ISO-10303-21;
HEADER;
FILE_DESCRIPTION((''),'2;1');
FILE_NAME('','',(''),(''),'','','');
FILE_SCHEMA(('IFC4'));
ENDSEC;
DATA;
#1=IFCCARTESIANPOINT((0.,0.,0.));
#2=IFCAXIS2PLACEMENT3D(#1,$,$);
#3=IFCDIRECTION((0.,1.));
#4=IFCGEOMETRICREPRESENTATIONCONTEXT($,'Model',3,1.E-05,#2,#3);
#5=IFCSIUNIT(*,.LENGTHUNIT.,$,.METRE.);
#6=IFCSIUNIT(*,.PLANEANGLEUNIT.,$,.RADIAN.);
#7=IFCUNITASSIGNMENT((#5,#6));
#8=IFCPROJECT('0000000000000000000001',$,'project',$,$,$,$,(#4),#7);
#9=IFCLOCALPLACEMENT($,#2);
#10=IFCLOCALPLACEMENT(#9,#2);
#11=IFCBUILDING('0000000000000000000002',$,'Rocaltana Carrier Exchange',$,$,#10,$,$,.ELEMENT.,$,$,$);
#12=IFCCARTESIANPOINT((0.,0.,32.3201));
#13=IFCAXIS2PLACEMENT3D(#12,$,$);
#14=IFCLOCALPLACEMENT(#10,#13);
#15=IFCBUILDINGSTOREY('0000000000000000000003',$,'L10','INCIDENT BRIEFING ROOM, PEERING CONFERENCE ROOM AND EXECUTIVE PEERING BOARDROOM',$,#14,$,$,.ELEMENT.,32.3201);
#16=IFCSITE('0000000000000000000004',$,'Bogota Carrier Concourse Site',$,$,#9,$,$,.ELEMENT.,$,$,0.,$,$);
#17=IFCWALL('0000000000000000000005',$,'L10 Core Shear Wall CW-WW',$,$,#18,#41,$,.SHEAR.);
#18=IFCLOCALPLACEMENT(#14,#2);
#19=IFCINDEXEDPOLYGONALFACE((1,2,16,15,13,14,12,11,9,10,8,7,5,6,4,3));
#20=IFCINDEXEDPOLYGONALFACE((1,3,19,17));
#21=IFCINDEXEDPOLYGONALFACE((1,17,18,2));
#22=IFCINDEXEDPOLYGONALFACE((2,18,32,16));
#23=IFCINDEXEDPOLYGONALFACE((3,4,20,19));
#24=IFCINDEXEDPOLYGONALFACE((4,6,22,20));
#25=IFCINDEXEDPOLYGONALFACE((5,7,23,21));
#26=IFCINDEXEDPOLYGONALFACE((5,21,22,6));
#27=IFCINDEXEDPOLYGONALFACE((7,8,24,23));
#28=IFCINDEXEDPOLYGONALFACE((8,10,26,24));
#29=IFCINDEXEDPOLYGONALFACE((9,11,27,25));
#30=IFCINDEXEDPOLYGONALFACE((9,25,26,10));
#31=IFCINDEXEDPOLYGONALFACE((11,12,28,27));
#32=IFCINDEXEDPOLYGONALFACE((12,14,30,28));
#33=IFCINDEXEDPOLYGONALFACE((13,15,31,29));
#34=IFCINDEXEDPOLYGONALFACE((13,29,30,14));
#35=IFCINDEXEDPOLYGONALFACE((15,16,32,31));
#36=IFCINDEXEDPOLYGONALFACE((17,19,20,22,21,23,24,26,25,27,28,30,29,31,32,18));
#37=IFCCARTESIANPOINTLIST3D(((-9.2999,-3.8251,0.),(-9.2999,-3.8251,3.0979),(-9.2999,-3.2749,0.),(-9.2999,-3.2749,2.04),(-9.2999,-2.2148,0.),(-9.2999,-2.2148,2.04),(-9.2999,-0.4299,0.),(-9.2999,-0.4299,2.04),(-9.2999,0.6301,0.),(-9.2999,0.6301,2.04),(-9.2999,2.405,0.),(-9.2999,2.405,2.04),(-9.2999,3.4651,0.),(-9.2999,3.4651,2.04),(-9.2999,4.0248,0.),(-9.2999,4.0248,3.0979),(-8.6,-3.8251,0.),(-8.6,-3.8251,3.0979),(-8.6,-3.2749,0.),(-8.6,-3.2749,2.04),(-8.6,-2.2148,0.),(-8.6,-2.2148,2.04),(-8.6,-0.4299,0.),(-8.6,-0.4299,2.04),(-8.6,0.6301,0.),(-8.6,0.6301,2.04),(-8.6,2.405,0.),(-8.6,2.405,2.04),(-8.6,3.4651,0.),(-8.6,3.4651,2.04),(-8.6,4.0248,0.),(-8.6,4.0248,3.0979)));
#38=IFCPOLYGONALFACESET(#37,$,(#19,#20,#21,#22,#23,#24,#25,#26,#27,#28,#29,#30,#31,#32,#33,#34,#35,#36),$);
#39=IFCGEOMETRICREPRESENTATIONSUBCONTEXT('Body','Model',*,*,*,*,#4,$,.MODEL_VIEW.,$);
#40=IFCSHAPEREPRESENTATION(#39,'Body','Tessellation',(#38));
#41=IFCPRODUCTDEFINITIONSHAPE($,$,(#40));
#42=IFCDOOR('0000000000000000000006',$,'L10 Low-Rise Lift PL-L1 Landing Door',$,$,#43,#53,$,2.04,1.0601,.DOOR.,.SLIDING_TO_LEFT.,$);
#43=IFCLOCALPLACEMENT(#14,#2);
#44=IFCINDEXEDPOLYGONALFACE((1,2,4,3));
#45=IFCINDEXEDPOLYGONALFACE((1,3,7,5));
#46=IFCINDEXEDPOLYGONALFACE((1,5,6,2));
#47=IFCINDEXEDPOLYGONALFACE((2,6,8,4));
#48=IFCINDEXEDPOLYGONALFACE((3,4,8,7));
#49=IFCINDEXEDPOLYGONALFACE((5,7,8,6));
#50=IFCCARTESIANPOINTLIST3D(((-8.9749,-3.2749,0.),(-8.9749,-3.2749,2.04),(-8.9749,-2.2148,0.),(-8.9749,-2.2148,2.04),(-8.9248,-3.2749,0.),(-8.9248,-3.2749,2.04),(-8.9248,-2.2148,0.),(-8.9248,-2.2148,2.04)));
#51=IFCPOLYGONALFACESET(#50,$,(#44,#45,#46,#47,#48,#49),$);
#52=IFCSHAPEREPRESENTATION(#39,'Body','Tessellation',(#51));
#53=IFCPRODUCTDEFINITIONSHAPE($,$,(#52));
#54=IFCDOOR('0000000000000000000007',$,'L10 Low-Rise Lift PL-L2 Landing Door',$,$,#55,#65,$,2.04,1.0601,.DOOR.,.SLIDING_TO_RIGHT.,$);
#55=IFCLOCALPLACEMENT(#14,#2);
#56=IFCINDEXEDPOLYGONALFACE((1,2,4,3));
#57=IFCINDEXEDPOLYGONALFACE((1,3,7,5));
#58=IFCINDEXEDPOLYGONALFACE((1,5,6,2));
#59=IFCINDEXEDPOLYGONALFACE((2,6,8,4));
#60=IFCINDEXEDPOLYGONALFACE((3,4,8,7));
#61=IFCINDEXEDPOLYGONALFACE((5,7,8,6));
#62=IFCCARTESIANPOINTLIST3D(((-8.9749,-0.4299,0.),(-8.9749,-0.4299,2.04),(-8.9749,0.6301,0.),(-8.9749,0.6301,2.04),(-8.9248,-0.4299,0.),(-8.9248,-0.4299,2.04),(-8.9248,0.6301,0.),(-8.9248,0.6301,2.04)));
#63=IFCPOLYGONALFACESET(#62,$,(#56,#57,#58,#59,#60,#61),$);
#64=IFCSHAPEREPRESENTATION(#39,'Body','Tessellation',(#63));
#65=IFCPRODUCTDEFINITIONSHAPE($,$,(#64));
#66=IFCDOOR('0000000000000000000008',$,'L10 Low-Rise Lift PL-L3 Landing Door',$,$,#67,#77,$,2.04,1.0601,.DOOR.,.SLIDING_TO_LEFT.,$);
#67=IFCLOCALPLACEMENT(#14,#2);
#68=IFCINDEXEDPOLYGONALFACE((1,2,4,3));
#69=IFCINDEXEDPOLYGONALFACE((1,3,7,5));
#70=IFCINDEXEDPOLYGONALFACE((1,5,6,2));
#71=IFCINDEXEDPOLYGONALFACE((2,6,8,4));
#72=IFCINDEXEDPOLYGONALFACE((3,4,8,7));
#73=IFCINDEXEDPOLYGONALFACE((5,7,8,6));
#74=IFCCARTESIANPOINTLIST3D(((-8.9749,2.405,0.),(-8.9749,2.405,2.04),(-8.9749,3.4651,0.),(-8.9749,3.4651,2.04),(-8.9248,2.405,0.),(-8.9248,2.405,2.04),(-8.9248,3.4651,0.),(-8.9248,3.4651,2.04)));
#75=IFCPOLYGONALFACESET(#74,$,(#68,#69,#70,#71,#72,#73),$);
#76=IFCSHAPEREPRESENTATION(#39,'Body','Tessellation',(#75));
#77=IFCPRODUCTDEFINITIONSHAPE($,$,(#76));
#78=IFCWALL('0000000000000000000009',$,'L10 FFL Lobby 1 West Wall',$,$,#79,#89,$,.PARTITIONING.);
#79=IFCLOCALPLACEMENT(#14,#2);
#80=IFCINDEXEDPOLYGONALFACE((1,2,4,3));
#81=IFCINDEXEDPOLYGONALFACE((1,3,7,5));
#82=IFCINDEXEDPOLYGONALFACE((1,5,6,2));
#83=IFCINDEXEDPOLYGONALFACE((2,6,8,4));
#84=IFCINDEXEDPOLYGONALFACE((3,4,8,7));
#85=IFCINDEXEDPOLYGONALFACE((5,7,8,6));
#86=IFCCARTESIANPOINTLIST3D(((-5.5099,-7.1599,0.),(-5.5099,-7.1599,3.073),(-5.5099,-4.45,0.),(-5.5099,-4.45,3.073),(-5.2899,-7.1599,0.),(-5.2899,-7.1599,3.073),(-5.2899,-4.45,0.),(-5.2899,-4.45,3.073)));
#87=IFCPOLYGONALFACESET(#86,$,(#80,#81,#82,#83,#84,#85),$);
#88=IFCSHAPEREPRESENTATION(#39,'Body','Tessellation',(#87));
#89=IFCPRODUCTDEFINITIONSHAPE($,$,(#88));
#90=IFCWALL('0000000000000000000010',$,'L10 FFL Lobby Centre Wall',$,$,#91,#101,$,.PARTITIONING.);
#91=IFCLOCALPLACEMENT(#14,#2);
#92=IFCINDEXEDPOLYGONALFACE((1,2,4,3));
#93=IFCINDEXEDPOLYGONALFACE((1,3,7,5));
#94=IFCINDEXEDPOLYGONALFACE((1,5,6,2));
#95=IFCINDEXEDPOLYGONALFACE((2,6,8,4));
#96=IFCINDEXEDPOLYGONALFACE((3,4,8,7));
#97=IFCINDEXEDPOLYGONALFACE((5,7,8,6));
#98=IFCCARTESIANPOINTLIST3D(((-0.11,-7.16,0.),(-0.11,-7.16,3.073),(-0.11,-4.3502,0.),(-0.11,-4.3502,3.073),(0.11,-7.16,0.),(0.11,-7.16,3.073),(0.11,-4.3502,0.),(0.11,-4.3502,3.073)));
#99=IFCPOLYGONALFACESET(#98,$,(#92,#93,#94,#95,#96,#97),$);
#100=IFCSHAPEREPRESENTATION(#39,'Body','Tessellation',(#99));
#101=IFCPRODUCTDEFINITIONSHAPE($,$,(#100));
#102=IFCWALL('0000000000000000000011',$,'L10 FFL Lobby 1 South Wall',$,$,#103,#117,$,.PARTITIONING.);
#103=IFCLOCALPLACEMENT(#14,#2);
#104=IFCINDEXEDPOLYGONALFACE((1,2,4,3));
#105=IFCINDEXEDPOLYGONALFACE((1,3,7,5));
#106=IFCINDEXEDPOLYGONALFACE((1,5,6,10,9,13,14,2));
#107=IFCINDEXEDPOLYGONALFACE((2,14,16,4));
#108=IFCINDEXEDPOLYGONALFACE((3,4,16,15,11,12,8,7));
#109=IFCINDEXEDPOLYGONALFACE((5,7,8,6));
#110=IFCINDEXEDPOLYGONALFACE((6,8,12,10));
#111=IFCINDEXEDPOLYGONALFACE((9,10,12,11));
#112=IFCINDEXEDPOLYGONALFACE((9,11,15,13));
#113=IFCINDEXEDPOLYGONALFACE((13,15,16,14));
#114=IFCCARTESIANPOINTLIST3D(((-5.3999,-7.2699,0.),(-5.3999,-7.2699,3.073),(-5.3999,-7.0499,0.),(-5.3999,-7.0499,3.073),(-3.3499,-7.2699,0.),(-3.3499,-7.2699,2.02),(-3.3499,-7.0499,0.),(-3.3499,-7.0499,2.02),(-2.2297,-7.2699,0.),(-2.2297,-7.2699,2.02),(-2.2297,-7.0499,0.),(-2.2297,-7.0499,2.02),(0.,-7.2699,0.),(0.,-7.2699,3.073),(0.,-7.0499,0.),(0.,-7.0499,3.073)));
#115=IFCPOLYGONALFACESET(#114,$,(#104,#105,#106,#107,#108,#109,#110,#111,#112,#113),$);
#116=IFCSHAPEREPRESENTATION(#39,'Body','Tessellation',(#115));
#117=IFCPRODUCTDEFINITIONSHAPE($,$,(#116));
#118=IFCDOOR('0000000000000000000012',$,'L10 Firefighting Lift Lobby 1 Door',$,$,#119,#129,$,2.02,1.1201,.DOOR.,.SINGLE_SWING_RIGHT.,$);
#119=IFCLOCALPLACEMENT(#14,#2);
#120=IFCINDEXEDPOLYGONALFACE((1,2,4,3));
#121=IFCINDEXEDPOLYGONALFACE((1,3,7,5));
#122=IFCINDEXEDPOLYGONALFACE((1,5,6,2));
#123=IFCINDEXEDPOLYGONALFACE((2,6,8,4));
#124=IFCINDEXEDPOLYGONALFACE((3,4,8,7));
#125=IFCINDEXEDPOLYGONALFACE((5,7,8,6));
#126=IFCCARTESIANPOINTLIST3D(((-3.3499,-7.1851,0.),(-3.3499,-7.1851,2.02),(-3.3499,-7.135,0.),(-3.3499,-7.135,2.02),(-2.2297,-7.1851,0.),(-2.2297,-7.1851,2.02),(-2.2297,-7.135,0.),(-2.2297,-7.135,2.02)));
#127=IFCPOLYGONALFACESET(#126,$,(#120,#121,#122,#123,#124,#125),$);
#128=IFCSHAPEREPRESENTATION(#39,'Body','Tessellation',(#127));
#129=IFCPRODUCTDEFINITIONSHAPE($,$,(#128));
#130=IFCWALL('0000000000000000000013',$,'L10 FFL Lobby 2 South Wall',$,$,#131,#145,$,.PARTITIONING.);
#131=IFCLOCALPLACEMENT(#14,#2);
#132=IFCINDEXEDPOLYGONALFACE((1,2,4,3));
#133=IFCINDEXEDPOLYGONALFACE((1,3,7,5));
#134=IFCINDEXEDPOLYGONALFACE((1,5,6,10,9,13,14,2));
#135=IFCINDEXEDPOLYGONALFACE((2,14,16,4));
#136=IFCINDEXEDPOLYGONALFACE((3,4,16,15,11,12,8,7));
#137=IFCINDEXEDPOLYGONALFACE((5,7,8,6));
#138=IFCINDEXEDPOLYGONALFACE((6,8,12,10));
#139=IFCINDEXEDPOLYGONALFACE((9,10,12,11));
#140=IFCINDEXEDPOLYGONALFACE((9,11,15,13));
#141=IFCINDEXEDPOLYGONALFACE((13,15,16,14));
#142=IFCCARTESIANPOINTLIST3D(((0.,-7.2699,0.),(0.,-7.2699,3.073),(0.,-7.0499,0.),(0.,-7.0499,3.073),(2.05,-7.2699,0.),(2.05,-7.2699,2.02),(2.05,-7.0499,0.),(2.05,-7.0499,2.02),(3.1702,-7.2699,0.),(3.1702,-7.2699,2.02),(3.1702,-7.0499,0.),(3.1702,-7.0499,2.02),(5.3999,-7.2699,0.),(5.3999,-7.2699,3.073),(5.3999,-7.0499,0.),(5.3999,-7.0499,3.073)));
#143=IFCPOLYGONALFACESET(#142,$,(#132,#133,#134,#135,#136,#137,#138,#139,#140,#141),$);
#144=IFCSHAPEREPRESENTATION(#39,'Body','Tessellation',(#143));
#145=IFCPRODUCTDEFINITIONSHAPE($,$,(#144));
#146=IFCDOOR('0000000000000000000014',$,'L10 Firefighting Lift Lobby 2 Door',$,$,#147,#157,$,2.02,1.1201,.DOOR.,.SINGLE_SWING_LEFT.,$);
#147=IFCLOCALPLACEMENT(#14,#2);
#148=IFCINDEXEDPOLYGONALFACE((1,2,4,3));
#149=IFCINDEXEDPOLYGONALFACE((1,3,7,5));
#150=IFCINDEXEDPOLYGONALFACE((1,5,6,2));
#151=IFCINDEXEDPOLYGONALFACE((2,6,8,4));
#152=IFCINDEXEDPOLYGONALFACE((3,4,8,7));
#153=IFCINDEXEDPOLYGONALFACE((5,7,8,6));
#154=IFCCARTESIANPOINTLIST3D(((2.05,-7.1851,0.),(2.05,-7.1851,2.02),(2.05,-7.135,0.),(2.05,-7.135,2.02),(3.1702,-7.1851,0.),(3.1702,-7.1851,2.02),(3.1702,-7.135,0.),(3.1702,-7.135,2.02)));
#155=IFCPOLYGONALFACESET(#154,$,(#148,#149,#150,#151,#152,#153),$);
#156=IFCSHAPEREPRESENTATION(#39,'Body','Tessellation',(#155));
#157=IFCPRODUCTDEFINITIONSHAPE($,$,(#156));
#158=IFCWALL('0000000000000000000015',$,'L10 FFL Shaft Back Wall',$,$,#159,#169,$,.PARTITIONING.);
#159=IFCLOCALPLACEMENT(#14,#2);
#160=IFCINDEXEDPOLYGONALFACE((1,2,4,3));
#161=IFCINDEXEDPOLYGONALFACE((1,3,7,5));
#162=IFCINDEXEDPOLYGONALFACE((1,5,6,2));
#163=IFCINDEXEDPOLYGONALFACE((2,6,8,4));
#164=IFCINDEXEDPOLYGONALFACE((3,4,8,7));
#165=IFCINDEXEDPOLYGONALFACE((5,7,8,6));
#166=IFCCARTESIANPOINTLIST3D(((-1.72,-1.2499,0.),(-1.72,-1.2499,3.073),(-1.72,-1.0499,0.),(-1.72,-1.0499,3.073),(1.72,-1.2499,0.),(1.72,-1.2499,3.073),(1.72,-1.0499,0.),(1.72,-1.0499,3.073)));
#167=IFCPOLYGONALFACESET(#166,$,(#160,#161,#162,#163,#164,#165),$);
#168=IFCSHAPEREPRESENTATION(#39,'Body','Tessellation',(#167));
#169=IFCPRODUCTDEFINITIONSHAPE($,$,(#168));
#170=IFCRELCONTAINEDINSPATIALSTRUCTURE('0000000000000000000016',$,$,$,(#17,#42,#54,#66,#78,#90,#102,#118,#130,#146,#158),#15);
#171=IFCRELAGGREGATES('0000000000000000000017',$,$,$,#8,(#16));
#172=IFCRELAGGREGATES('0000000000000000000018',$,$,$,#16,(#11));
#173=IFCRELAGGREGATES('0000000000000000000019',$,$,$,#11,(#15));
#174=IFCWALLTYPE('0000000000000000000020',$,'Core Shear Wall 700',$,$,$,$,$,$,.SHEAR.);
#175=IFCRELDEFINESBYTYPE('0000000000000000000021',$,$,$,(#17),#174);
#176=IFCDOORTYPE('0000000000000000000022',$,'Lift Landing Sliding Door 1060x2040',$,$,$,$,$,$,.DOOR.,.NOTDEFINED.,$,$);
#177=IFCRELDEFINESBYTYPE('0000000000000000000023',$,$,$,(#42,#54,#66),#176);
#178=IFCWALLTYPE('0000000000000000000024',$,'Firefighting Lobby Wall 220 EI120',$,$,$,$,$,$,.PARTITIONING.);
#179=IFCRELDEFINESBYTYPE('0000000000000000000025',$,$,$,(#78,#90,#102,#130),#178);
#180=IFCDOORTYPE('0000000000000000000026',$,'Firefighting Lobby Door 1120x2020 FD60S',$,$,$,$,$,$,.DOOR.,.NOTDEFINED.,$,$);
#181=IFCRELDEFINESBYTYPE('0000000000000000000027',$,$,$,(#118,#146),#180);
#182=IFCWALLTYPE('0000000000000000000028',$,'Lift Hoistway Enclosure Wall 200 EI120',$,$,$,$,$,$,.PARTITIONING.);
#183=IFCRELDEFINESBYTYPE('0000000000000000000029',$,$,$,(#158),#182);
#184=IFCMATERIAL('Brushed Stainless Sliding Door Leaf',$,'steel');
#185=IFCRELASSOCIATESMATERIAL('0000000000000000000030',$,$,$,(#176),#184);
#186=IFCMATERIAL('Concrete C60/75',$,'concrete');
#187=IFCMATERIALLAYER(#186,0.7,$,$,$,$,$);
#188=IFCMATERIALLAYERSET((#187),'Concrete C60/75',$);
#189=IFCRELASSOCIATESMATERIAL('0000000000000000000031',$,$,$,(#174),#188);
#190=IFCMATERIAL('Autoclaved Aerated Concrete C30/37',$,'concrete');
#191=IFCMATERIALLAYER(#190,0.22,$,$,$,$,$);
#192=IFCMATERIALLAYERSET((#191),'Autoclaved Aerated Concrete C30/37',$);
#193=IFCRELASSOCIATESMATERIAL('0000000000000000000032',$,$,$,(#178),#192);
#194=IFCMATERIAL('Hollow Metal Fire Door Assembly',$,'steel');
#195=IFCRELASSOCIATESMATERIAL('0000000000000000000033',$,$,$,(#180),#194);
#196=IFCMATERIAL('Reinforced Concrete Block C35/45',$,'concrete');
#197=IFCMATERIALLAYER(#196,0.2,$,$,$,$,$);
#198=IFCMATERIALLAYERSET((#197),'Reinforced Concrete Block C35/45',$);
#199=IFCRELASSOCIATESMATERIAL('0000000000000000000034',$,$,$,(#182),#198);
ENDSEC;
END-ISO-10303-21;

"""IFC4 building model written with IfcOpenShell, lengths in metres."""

from ifc_helpers import new_model, si_unit, direction, frame, frame_2d, origin, place, context, subcontext, project, spatial, rectangle, extrude, material, layer, layer_set, type_object, element, fill, save


model = new_model("IFC4")

# Units and contexts
model_context = context("Model", 3, precision=1e-05, world=origin(), true_north=direction((0.0, 1.0)))
body_context = subcontext(model_context, "Body", "Model", "MODEL_VIEW")
ifc_project = project(units=[si_unit("LENGTHUNIT", "METRE"), si_unit("PLANEANGLEUNIT", "RADIAN")], contexts=[model_context])

# Site, building, storey
site_placement = place(None, origin())
site = spatial("IfcSite", under=ifc_project, at=site_placement, Name="Bogota Carrier Concourse Site", CompositionType="ELEMENT", RefElevation=0.0)
building_placement = place(site_placement, origin())
building = spatial("IfcBuilding", under=site, at=building_placement, Name="Rocaltana Carrier Exchange", CompositionType="ELEMENT")
storey_placement = place(building_placement, frame((0.0, 0.0, 32.3201)))
storey = spatial("IfcBuildingStorey", under=building, at=storey_placement, Name="L10", Description="INCIDENT BRIEFING ROOM, PEERING CONFERENCE ROOM AND EXECUTIVE PEERING BOARDROOM", CompositionType="ELEMENT", Elevation=32.3201)

# Shared definitions
ifc_material_1 = material(Name="Brushed Stainless Sliding Door Leaf", Category="steel")
door_type_1 = type_object("IfcDoorType", Name="Lift Landing Sliding Door 1060x2040", OperationType="NOTDEFINED", PredefinedType="DOOR", material=ifc_material_1)

# Shared definitions
ifc_material_2 = material(Name="Concrete C60/75", Category="concrete")
ifc_layer_1 = layer(ifc_material_2, 0.7)
ifc_layer_set_1 = layer_set([ifc_layer_1], Name="Concrete C60/75")
wall_type_1 = type_object("IfcWallType", Name="Core Shear Wall 700", PredefinedType="SHEAR", material=ifc_layer_set_1)

# Wall, openings, doors
wall_1_placement = place(storey_placement, frame((-8.95, -3.825, 0.0), z_axis=(0.0, 0.0, 1.0), x_axis=(0.0, 1.0, 0.0)))
wall_1 = element("IfcWall", 1, at=wall_1_placement, inside=storey, type_object=wall_type_1, Name="L10 Core Shear Wall CW-WW", PredefinedType="SHEAR", context=body_context, shape_type="SweptSolid", body=[
    extrude(rectangle(XDim=7.8499, YDim=0.7, at=frame_2d((3.9248, 0.0))), origin(), (0.0, 0.0, 1.0), 3.0979),
])
opening_1_placement = place(wall_1_placement, frame((0.55, 0.0, 0.0)))
opening_1 = element("IfcOpeningElement", 2, at=opening_1_placement, cuts=wall_1, PredefinedType="OPENING", context=body_context, shape_type="SweptSolid", body=[
    extrude(rectangle(XDim=1.0601, YDim=2.04, at=frame_2d((0.53, 1.02))), frame((0.0, 0.3599, 0.0), z_axis=(0.0, -1.0, 0.0), x_axis=(1.0, 0.0, 0.0)), (0.0, 0.0, 1.0), 0.72),
])
opening_2_placement = place(wall_1_placement, frame((3.395, 0.0, 0.0)))
opening_2 = element("IfcOpeningElement", 3, at=opening_2_placement, cuts=wall_1, PredefinedType="OPENING", context=body_context, shape_type="SweptSolid", body=[
    extrude(rectangle(XDim=1.0601, YDim=2.04, at=frame_2d((0.53, 1.02))), frame((0.0, 0.3599, 0.0), z_axis=(0.0, -1.0, 0.0), x_axis=(1.0, 0.0, 0.0)), (0.0, 0.0, 1.0), 0.72),
])
opening_3_placement = place(wall_1_placement, frame((6.23, 0.0, 0.0)))
opening_3 = element("IfcOpeningElement", 4, at=opening_3_placement, cuts=wall_1, PredefinedType="OPENING", context=body_context, shape_type="SweptSolid", body=[
    extrude(rectangle(XDim=1.0601, YDim=2.04, at=frame_2d((0.53, 1.02))), frame((0.0, 0.3599, 0.0), z_axis=(0.0, -1.0, 0.0), x_axis=(1.0, 0.0, 0.0)), (0.0, 0.0, 1.0), 0.72),
])
door_1_placement = place(opening_1_placement, origin())
door_1 = element("IfcDoor", 5, at=door_1_placement, inside=storey, type_object=door_type_1, Name="L10 Low-Rise Lift PL-L1 Landing Door", OperationType="SLIDING_TO_LEFT", OverallHeight=2.04, OverallWidth=1.0601, PredefinedType="DOOR", context=body_context, shape_type="SweptSolid", body=[
    extrude(rectangle(XDim=1.0601, YDim=2.04, at=frame_2d((0.53, 1.02))), frame((0.0, 0.0249, 0.0), z_axis=(0.0, -1.0, 0.0), x_axis=(1.0, 0.0, 0.0)), (0.0, 0.0, 1.0), 0.05),
])
fill(opening_1, door_1)
door_2_placement = place(opening_2_placement, origin())
door_2 = element("IfcDoor", 6, at=door_2_placement, inside=storey, type_object=door_type_1, Name="L10 Low-Rise Lift PL-L2 Landing Door", OperationType="SLIDING_TO_RIGHT", OverallHeight=2.04, OverallWidth=1.0601, PredefinedType="DOOR", context=body_context, shape_type="SweptSolid", body=[
    extrude(rectangle(XDim=1.0601, YDim=2.04, at=frame_2d((0.53, 1.02))), frame((0.0, 0.0249, 0.0), z_axis=(0.0, -1.0, 0.0), x_axis=(1.0, 0.0, 0.0)), (0.0, 0.0, 1.0), 0.05),
])
fill(opening_2, door_2)
door_3_placement = place(opening_3_placement, origin())
door_3 = element("IfcDoor", 7, at=door_3_placement, inside=storey, type_object=door_type_1, Name="L10 Low-Rise Lift PL-L3 Landing Door", OperationType="SLIDING_TO_LEFT", OverallHeight=2.04, OverallWidth=1.0601, PredefinedType="DOOR", context=body_context, shape_type="SweptSolid", body=[
    extrude(rectangle(XDim=1.0601, YDim=2.04, at=frame_2d((0.53, 1.02))), frame((0.0, 0.0249, 0.0), z_axis=(0.0, -1.0, 0.0), x_axis=(1.0, 0.0, 0.0)), (0.0, 0.0, 1.0), 0.05),
])
fill(opening_3, door_3)

# Walls
ifc_material_3 = material(Name="Autoclaved Aerated Concrete C30/37", Category="concrete")
ifc_layer_2 = layer(ifc_material_3, 0.22)
ifc_layer_set_2 = layer_set([ifc_layer_2], Name="Autoclaved Aerated Concrete C30/37")
wall_type_2 = type_object("IfcWallType", Name="Firefighting Lobby Wall 220 EI120", PredefinedType="PARTITIONING", material=ifc_layer_set_2)
wall_2_placement = place(storey_placement, frame((-5.3999, -7.1599, 0.0), z_axis=(0.0, 0.0, 1.0), x_axis=(0.0, 1.0, 0.0)))
element("IfcWall", 8, at=wall_2_placement, inside=storey, type_object=wall_type_2, Name="L10 FFL Lobby 1 West Wall", PredefinedType="PARTITIONING", context=body_context, shape_type="SweptSolid", body=[
    extrude(rectangle(XDim=2.71, YDim=0.22, at=frame_2d((1.355, 0.0))), origin(), (0.0, 0.0, 1.0), 3.073),
])
wall_3_placement = place(storey_placement, frame((0.0, -7.1599, 0.0), z_axis=(0.0, 0.0, 1.0), x_axis=(0.0, 1.0, 0.0)))
element("IfcWall", 9, at=wall_3_placement, inside=storey, type_object=wall_type_2, Name="L10 FFL Lobby Centre Wall", PredefinedType="PARTITIONING", context=body_context, shape_type="SweptSolid", body=[
    extrude(rectangle(XDim=2.8098, YDim=0.22, at=frame_2d((1.4048, 0.0))), origin(), (0.0, 0.0, 1.0), 3.073),
])

# Walls, openings, doors
wall_4_placement = place(storey_placement, frame((-5.3999, -7.1599, 0.0), z_axis=(0.0, 0.0, 1.0), x_axis=(1.0, 0.0, 0.0)))
wall_4 = element("IfcWall", 10, at=wall_4_placement, inside=storey, type_object=wall_type_2, Name="L10 FFL Lobby 1 South Wall", PredefinedType="PARTITIONING", context=body_context, shape_type="SweptSolid", body=[
    extrude(rectangle(XDim=5.3999, YDim=0.22, at=frame_2d((2.7, 0.0))), origin(), (0.0, 0.0, 1.0), 3.073),
])
opening_4_placement = place(wall_4_placement, frame((2.05, 0.0, 0.0)))
opening_4 = element("IfcOpeningElement", 11, at=opening_4_placement, cuts=wall_4, PredefinedType="OPENING", context=body_context, shape_type="SweptSolid", body=[
    extrude(rectangle(XDim=1.1201, YDim=2.02, at=frame_2d((0.5601, 1.01))), frame((0.0, 0.1199, 0.0), z_axis=(0.0, -1.0, 0.0), x_axis=(1.0, 0.0, 0.0)), (0.0, 0.0, 1.0), 0.24),
])
ifc_material_4 = material(Name="Hollow Metal Fire Door Assembly", Category="steel")
door_type_2 = type_object("IfcDoorType", Name="Firefighting Lobby Door 1120x2020 FD60S", OperationType="NOTDEFINED", PredefinedType="DOOR", material=ifc_material_4)
door_4_placement = place(opening_4_placement, origin())
door_4 = element("IfcDoor", 12, at=door_4_placement, inside=storey, type_object=door_type_2, Name="L10 Firefighting Lift Lobby 1 Door", OperationType="SINGLE_SWING_RIGHT", OverallHeight=2.02, OverallWidth=1.1201, PredefinedType="DOOR", context=body_context, shape_type="SweptSolid", body=[
    extrude(rectangle(XDim=1.1201, YDim=2.02, at=frame_2d((0.5601, 1.01))), frame((0.0, 0.0249, 0.0), z_axis=(0.0, -1.0, 0.0), x_axis=(1.0, 0.0, 0.0)), (0.0, 0.0, 1.0), 0.05),
])
fill(opening_4, door_4)
wall_5_placement = place(storey_placement, frame((0.0, -7.1599, 0.0), z_axis=(0.0, 0.0, 1.0), x_axis=(1.0, 0.0, 0.0)))
wall_5 = element("IfcWall", 13, at=wall_5_placement, inside=storey, type_object=wall_type_2, Name="L10 FFL Lobby 2 South Wall", PredefinedType="PARTITIONING", context=body_context, shape_type="SweptSolid", body=[
    extrude(rectangle(XDim=5.3999, YDim=0.22, at=frame_2d((2.7, 0.0))), origin(), (0.0, 0.0, 1.0), 3.073),
])
opening_5_placement = place(wall_5_placement, frame((2.05, 0.0, 0.0)))
opening_5 = element("IfcOpeningElement", 14, at=opening_5_placement, cuts=wall_5, PredefinedType="OPENING", context=body_context, shape_type="SweptSolid", body=[
    extrude(rectangle(XDim=1.1201, YDim=2.02, at=frame_2d((0.5601, 1.01))), frame((0.0, 0.1199, 0.0), z_axis=(0.0, -1.0, 0.0), x_axis=(1.0, 0.0, 0.0)), (0.0, 0.0, 1.0), 0.24),
])
door_5_placement = place(opening_5_placement, origin())
door_5 = element("IfcDoor", 15, at=door_5_placement, inside=storey, type_object=door_type_2, Name="L10 Firefighting Lift Lobby 2 Door", OperationType="SINGLE_SWING_LEFT", OverallHeight=2.02, OverallWidth=1.1201, PredefinedType="DOOR", context=body_context, shape_type="SweptSolid", body=[
    extrude(rectangle(XDim=1.1201, YDim=2.02, at=frame_2d((0.5601, 1.01))), frame((0.0, 0.0249, 0.0), z_axis=(0.0, -1.0, 0.0), x_axis=(1.0, 0.0, 0.0)), (0.0, 0.0, 1.0), 0.05),
])
fill(opening_5, door_5)

# Wall
ifc_material_5 = material(Name="Reinforced Concrete Block C35/45", Category="concrete")
ifc_layer_3 = layer(ifc_material_5, 0.2)
ifc_layer_set_3 = layer_set([ifc_layer_3], Name="Reinforced Concrete Block C35/45")
wall_type_3 = type_object("IfcWallType", Name="Lift Hoistway Enclosure Wall 200 EI120", PredefinedType="PARTITIONING", material=ifc_layer_set_3)
wall_6_placement = place(storey_placement, frame((-1.72, -1.1499, 0.0), z_axis=(0.0, 0.0, 1.0), x_axis=(1.0, 0.0, 0.0)))
element("IfcWall", 16, at=wall_6_placement, inside=storey, type_object=wall_type_3, Name="L10 FFL Shaft Back Wall", PredefinedType="PARTITIONING", context=body_context, shape_type="SweptSolid", body=[
    extrude(rectangle(XDim=3.4399, YDim=0.2, at=frame_2d((1.72, 0.0))), origin(), (0.0, 0.0, 1.0), 3.073),
])

save(model, "model.ifc")
